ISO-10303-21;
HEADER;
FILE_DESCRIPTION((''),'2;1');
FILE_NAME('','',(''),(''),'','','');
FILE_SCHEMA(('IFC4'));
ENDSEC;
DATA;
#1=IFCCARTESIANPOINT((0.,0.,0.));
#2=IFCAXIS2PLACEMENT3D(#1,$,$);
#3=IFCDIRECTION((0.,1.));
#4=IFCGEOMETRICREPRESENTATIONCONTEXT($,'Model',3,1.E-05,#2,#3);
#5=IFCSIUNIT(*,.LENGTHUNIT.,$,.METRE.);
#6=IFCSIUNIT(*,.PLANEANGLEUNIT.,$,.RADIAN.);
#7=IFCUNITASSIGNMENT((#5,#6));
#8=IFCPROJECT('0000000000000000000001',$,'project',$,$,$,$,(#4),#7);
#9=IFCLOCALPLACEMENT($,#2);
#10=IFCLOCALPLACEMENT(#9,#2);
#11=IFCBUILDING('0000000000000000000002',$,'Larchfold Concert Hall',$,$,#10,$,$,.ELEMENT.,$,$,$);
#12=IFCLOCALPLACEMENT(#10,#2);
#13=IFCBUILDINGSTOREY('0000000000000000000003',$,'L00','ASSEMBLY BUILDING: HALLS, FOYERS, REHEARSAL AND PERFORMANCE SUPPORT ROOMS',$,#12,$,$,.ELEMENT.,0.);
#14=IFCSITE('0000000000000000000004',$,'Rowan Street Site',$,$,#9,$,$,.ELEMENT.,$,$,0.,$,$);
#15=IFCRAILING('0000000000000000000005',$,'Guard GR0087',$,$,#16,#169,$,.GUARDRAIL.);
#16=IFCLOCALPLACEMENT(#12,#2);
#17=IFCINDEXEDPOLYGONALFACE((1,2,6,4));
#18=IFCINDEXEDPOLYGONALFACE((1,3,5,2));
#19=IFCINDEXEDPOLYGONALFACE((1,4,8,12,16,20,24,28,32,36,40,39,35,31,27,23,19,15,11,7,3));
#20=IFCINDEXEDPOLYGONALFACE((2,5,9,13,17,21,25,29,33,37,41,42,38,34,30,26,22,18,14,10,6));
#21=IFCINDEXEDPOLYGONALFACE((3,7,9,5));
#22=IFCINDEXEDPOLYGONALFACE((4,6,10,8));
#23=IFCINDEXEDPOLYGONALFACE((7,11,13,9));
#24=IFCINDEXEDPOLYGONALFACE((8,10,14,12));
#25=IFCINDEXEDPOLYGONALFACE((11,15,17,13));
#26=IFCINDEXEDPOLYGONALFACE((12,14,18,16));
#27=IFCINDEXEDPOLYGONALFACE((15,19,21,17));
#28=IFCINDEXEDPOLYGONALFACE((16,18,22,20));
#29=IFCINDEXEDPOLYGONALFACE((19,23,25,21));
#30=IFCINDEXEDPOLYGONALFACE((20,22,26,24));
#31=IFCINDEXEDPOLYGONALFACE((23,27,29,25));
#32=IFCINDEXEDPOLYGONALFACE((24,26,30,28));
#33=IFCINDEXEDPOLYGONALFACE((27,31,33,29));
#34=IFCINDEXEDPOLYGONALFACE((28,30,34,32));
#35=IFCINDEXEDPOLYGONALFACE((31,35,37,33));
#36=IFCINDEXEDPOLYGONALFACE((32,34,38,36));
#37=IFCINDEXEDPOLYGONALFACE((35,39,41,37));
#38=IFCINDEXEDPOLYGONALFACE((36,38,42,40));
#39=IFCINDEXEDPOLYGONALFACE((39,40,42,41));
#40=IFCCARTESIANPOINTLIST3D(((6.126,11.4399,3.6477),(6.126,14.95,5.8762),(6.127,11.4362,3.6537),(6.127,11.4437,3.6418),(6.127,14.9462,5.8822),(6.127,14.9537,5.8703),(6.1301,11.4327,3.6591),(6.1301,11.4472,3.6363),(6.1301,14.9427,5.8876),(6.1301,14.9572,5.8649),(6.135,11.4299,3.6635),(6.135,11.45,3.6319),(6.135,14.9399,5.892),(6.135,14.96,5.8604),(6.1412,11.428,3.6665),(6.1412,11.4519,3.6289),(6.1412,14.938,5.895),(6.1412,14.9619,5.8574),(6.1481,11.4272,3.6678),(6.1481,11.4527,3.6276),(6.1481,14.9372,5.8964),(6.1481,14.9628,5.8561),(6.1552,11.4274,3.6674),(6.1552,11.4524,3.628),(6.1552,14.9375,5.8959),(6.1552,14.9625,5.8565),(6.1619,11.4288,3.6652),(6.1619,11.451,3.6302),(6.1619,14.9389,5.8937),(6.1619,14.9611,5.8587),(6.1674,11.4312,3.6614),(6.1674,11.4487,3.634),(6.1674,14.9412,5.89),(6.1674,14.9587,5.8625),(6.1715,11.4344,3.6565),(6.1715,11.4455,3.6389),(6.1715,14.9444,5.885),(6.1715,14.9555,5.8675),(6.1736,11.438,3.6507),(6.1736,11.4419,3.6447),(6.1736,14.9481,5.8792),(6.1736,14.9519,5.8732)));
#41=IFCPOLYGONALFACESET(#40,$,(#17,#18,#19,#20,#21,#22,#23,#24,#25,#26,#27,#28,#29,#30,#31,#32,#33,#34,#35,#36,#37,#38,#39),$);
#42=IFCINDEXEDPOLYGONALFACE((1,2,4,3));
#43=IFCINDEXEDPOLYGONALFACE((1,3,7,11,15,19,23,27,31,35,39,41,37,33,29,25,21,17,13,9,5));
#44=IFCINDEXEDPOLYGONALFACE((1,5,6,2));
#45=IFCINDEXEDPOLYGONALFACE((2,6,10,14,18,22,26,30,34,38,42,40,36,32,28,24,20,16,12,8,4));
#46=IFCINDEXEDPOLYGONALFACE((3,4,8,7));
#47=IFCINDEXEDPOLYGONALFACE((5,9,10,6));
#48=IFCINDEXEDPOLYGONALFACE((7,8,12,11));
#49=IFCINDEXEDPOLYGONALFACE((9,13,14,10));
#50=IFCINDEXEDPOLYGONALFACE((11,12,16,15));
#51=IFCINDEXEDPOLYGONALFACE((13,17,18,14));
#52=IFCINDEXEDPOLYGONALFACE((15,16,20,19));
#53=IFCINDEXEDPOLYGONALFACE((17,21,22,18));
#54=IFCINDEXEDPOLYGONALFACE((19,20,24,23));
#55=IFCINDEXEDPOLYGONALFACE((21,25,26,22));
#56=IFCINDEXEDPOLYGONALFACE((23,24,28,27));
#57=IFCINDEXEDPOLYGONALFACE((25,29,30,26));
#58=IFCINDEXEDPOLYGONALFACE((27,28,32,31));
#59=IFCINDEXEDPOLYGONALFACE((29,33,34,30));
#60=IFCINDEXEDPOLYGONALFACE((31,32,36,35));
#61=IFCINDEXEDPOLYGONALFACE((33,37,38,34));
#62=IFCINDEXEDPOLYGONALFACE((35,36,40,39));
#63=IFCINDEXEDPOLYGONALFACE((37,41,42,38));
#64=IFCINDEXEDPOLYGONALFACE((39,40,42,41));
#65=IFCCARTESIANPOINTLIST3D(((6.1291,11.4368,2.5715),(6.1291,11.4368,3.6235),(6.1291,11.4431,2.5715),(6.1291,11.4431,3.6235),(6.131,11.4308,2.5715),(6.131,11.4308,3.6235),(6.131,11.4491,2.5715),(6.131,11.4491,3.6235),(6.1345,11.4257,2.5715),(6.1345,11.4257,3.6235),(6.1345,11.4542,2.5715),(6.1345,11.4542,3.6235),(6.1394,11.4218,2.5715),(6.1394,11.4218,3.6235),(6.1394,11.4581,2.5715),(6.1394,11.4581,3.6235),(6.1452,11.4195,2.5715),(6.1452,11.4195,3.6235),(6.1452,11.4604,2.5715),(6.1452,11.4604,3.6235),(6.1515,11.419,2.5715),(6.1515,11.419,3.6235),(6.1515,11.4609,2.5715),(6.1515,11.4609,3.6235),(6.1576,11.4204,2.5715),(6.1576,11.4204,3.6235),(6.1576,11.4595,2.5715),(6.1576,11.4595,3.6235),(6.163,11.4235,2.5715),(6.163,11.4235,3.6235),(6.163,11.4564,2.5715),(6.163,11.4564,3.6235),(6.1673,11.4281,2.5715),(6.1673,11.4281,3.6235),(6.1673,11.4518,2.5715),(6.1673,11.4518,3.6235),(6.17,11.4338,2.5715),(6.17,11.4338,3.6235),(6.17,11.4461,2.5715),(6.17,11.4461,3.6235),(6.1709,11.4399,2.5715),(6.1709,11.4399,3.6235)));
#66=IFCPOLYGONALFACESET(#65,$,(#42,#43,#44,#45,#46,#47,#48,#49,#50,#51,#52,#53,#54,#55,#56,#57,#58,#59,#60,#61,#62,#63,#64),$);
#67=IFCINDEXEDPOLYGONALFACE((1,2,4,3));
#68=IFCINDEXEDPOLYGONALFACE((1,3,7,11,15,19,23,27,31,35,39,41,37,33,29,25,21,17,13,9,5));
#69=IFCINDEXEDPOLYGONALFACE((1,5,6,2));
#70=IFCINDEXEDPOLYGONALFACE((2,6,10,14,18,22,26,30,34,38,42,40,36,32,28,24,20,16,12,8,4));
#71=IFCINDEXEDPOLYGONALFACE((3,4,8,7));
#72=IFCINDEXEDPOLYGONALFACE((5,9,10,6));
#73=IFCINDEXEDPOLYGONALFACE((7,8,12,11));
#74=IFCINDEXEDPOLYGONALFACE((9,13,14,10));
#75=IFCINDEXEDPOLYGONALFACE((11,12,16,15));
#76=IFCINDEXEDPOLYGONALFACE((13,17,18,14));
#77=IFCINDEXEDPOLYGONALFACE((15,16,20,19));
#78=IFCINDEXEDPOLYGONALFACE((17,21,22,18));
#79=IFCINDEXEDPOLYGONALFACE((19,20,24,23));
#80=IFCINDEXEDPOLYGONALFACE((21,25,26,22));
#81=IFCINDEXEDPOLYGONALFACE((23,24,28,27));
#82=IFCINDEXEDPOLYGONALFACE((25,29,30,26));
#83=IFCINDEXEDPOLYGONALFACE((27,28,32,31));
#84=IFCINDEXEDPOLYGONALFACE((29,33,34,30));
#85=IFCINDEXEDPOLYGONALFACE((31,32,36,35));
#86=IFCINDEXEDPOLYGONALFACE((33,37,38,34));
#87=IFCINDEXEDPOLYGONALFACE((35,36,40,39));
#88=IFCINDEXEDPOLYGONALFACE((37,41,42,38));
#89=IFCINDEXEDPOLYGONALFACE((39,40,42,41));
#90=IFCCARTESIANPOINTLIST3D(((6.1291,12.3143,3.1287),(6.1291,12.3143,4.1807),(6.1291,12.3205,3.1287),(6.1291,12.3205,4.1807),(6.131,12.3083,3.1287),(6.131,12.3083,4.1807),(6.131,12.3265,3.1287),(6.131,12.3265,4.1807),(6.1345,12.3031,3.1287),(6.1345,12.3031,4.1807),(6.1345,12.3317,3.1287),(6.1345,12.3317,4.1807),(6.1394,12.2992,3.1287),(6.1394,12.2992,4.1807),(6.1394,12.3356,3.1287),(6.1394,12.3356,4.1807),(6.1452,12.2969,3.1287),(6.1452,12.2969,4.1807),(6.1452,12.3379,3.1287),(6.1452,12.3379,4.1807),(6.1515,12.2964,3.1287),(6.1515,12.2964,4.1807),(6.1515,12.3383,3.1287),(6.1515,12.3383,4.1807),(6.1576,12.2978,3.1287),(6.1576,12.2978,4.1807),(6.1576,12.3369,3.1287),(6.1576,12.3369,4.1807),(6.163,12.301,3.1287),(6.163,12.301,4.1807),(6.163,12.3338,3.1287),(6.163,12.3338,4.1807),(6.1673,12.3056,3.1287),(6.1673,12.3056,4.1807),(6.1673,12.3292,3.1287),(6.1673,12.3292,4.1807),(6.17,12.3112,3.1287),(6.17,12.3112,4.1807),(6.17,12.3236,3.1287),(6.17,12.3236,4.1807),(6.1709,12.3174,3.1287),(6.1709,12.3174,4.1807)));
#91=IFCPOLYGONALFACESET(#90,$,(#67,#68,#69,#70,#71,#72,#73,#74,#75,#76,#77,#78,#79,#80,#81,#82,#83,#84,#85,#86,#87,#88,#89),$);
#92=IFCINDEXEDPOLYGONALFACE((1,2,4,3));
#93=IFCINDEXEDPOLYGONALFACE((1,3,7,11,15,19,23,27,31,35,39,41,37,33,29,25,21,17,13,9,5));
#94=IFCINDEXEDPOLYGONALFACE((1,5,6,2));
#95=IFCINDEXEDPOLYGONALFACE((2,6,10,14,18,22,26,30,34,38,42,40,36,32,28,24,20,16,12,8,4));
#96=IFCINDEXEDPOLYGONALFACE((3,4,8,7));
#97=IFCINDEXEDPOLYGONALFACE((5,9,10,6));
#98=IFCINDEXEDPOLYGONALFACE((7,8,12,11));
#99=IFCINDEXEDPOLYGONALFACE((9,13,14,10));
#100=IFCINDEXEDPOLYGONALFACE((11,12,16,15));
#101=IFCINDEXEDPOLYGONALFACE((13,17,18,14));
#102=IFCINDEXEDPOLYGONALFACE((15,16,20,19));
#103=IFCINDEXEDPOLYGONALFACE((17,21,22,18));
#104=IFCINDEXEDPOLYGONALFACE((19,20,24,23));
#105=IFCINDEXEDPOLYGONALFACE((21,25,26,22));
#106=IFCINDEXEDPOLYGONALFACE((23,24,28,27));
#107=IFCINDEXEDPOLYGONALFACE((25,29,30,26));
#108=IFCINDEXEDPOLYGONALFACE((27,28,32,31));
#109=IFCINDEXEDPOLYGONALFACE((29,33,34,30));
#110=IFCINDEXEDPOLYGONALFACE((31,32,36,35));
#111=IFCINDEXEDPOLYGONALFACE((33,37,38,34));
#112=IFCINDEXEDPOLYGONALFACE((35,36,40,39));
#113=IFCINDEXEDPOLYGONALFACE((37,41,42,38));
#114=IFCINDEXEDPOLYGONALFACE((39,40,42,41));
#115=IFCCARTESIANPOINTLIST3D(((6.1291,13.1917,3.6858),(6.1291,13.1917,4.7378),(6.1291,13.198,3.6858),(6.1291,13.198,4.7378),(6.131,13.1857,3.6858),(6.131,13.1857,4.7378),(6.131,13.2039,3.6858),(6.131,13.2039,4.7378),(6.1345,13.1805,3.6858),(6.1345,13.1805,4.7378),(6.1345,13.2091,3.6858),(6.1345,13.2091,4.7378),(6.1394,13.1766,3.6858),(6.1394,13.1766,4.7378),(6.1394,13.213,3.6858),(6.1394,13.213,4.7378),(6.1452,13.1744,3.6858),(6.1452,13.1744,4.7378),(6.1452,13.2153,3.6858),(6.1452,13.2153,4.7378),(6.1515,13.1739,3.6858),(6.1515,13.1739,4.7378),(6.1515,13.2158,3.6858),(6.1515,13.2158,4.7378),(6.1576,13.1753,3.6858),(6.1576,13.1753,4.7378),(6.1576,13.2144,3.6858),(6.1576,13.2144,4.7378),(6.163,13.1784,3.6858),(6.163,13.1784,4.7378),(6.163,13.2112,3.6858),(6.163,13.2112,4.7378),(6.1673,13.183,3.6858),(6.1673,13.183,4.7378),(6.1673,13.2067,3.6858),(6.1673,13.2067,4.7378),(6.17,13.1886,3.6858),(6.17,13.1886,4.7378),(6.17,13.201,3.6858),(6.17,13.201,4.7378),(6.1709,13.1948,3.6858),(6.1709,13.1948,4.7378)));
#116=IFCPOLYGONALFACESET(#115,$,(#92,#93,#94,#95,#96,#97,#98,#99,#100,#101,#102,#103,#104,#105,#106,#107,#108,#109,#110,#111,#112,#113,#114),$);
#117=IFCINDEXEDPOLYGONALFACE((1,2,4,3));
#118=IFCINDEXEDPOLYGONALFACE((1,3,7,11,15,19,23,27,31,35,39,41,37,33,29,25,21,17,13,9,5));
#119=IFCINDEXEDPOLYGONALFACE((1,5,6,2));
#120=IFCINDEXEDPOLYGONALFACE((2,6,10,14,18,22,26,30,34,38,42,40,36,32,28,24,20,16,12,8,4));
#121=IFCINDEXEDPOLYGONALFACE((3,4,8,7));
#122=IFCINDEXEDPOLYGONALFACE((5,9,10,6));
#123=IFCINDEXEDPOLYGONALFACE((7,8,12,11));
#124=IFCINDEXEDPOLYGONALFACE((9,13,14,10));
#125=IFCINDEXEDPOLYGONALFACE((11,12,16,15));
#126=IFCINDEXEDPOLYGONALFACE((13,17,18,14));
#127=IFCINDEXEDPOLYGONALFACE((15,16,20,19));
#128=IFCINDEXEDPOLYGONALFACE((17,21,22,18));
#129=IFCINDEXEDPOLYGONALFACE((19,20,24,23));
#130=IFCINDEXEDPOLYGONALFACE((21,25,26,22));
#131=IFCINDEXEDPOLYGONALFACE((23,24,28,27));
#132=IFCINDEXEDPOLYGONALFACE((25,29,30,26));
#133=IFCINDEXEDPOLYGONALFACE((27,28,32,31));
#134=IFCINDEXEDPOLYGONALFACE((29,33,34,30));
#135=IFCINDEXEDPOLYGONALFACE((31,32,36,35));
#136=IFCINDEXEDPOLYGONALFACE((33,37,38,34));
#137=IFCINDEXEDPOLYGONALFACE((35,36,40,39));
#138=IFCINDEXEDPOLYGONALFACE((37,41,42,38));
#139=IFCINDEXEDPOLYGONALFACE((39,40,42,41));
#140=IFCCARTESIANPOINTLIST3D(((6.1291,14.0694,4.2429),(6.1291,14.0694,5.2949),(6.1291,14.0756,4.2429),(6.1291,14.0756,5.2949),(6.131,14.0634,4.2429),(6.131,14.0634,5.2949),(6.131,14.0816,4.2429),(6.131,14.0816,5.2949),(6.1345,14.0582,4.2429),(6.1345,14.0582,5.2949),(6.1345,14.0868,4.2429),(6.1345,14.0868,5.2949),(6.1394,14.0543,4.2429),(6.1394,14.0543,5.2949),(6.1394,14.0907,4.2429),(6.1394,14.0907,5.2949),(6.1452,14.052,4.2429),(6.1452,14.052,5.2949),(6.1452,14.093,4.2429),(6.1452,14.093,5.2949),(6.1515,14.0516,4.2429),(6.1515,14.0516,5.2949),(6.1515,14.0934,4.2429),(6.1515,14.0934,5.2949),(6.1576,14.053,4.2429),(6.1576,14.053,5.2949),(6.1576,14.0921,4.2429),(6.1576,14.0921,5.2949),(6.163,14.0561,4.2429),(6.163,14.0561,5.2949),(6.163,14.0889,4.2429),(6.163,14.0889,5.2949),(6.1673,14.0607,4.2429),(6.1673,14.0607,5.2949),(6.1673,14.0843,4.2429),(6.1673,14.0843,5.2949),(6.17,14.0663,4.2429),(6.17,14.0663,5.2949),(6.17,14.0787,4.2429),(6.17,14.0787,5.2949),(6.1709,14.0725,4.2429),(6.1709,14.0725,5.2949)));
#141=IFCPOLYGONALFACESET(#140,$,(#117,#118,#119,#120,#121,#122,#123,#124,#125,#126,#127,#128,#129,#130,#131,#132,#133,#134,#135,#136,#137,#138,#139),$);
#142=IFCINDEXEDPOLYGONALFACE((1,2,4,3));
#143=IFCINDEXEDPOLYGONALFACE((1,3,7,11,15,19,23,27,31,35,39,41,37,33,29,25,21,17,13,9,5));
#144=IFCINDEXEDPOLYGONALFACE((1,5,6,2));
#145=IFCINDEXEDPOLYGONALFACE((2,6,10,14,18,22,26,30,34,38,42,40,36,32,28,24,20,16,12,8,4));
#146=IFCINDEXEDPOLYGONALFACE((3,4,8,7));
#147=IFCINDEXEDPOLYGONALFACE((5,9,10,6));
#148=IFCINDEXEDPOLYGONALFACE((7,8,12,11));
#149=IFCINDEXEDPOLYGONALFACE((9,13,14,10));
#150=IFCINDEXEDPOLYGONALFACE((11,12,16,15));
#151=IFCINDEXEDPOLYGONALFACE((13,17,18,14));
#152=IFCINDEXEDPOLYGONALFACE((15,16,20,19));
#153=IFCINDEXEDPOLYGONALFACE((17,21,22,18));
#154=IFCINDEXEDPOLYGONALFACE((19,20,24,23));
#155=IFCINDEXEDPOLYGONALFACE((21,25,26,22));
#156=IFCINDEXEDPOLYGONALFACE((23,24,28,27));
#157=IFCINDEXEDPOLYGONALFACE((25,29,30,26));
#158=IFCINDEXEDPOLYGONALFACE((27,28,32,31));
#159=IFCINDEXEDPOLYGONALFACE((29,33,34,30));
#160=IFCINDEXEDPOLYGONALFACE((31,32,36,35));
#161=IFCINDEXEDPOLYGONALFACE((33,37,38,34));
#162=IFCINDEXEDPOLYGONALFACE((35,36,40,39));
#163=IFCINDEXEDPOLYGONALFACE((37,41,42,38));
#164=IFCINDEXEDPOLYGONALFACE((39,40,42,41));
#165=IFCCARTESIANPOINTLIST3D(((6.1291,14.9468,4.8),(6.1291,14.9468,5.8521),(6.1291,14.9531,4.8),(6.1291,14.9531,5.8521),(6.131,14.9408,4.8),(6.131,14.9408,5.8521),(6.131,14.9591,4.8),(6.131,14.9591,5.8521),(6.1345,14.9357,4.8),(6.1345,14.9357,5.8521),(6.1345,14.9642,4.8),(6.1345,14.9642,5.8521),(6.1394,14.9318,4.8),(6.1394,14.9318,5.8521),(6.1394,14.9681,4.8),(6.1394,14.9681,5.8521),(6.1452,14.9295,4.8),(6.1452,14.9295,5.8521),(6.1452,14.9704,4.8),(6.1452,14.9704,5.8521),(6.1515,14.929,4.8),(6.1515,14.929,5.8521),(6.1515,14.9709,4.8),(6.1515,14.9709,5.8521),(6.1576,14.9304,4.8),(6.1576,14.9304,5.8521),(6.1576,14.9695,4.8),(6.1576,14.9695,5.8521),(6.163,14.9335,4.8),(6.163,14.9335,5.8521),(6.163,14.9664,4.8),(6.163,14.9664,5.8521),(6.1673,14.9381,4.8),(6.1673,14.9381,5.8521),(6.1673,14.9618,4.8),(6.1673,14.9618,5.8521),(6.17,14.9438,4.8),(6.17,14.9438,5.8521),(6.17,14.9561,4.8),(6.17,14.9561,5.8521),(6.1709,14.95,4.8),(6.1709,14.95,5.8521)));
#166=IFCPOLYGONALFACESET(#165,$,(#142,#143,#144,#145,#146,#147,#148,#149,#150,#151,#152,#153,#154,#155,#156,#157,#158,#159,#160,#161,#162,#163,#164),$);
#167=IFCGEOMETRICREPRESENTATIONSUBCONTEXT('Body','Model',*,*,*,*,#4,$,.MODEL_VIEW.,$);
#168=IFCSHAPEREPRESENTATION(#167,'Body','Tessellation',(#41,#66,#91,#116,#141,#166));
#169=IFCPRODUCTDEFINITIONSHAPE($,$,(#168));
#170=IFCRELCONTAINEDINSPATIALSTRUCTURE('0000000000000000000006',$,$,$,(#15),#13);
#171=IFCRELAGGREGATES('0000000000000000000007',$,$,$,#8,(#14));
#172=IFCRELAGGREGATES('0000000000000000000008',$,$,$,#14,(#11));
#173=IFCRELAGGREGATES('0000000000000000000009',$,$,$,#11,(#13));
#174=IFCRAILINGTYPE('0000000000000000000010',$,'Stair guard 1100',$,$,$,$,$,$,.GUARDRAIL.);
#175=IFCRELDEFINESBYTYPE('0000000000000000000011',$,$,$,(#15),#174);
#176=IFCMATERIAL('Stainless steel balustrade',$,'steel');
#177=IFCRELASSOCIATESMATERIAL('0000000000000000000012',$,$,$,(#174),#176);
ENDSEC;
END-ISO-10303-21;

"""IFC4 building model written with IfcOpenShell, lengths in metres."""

from ifc_helpers import new_model, si_unit, direction, frame, origin, origin_2d, place, context, subcontext, project, spatial, circle, extrude, material, type_object, element, save


model = new_model("IFC4")

# Units and contexts
model_context = context("Model", 3, precision=1e-05, world=origin(), true_north=direction((0.0, 1.0)))
body_context = subcontext(model_context, "Body", "Model", "MODEL_VIEW")
ifc_project = project(units=[si_unit("LENGTHUNIT", "METRE"), si_unit("PLANEANGLEUNIT", "RADIAN")], contexts=[model_context])

# Site, building, storey
site_placement = place(None, origin())
site = spatial("IfcSite", under=ifc_project, at=site_placement, Name="Rowan Street Site", CompositionType="ELEMENT", RefElevation=0.0)
building_placement = place(site_placement, origin())
building = spatial("IfcBuilding", under=site, at=building_placement, Name="Larchfold Concert Hall", CompositionType="ELEMENT")
storey_placement = place(building_placement, origin())
storey = spatial("IfcBuildingStorey", under=building, at=storey_placement, Name="L00", Description="ASSEMBLY BUILDING: HALLS, FOYERS, REHEARSAL AND PERFORMANCE SUPPORT ROOMS", CompositionType="ELEMENT", Elevation=0.0)

# Railing
ifc_material_1 = material(Name="Stainless steel balustrade", Category="steel")
railing_type_1 = type_object("IfcRailingType", Name="Stair guard 1100", PredefinedType="GUARDRAIL", material=ifc_material_1)
railing_1_placement = place(storey_placement, frame((6.1499, 11.4399, 2.5715)))
element("IfcRailing", 1, at=railing_1_placement, inside=storey, type_object=railing_type_1, Name="Guard GR0087", PredefinedType="GUARDRAIL", context=body_context, shape_type="SweptSolid", body=[
    extrude(circle(Radius=0.0239, at=origin_2d()), frame((0.0, 0.0, 1.0762), z_axis=(0.0, 0.84422, 0.535998), x_axis=(-1.0, 0.0, 0.0)), (0.0, 0.0, 1.0), 4.1577),
    extrude(circle(Radius=0.021, at=origin_2d()), origin(), (0.0, 0.0, 1.0), 1.052),
    extrude(circle(Radius=0.021, at=origin_2d()), frame((0.0, 0.8774, 0.5571)), (0.0, 0.0, 1.0), 1.052),
    extrude(circle(Radius=0.021, at=origin_2d()), frame((0.0, 1.7549, 1.1143)), (0.0, 0.0, 1.0), 1.052),
    extrude(circle(Radius=0.021, at=origin_2d()), frame((0.0, 2.6326, 1.6714)), (0.0, 0.0, 1.0), 1.052),
    extrude(circle(Radius=0.021, at=origin_2d()), frame((0.0, 3.51, 2.2285)), (0.0, 0.0, 1.0), 1.052),
])

save(model, "model.ifc")
